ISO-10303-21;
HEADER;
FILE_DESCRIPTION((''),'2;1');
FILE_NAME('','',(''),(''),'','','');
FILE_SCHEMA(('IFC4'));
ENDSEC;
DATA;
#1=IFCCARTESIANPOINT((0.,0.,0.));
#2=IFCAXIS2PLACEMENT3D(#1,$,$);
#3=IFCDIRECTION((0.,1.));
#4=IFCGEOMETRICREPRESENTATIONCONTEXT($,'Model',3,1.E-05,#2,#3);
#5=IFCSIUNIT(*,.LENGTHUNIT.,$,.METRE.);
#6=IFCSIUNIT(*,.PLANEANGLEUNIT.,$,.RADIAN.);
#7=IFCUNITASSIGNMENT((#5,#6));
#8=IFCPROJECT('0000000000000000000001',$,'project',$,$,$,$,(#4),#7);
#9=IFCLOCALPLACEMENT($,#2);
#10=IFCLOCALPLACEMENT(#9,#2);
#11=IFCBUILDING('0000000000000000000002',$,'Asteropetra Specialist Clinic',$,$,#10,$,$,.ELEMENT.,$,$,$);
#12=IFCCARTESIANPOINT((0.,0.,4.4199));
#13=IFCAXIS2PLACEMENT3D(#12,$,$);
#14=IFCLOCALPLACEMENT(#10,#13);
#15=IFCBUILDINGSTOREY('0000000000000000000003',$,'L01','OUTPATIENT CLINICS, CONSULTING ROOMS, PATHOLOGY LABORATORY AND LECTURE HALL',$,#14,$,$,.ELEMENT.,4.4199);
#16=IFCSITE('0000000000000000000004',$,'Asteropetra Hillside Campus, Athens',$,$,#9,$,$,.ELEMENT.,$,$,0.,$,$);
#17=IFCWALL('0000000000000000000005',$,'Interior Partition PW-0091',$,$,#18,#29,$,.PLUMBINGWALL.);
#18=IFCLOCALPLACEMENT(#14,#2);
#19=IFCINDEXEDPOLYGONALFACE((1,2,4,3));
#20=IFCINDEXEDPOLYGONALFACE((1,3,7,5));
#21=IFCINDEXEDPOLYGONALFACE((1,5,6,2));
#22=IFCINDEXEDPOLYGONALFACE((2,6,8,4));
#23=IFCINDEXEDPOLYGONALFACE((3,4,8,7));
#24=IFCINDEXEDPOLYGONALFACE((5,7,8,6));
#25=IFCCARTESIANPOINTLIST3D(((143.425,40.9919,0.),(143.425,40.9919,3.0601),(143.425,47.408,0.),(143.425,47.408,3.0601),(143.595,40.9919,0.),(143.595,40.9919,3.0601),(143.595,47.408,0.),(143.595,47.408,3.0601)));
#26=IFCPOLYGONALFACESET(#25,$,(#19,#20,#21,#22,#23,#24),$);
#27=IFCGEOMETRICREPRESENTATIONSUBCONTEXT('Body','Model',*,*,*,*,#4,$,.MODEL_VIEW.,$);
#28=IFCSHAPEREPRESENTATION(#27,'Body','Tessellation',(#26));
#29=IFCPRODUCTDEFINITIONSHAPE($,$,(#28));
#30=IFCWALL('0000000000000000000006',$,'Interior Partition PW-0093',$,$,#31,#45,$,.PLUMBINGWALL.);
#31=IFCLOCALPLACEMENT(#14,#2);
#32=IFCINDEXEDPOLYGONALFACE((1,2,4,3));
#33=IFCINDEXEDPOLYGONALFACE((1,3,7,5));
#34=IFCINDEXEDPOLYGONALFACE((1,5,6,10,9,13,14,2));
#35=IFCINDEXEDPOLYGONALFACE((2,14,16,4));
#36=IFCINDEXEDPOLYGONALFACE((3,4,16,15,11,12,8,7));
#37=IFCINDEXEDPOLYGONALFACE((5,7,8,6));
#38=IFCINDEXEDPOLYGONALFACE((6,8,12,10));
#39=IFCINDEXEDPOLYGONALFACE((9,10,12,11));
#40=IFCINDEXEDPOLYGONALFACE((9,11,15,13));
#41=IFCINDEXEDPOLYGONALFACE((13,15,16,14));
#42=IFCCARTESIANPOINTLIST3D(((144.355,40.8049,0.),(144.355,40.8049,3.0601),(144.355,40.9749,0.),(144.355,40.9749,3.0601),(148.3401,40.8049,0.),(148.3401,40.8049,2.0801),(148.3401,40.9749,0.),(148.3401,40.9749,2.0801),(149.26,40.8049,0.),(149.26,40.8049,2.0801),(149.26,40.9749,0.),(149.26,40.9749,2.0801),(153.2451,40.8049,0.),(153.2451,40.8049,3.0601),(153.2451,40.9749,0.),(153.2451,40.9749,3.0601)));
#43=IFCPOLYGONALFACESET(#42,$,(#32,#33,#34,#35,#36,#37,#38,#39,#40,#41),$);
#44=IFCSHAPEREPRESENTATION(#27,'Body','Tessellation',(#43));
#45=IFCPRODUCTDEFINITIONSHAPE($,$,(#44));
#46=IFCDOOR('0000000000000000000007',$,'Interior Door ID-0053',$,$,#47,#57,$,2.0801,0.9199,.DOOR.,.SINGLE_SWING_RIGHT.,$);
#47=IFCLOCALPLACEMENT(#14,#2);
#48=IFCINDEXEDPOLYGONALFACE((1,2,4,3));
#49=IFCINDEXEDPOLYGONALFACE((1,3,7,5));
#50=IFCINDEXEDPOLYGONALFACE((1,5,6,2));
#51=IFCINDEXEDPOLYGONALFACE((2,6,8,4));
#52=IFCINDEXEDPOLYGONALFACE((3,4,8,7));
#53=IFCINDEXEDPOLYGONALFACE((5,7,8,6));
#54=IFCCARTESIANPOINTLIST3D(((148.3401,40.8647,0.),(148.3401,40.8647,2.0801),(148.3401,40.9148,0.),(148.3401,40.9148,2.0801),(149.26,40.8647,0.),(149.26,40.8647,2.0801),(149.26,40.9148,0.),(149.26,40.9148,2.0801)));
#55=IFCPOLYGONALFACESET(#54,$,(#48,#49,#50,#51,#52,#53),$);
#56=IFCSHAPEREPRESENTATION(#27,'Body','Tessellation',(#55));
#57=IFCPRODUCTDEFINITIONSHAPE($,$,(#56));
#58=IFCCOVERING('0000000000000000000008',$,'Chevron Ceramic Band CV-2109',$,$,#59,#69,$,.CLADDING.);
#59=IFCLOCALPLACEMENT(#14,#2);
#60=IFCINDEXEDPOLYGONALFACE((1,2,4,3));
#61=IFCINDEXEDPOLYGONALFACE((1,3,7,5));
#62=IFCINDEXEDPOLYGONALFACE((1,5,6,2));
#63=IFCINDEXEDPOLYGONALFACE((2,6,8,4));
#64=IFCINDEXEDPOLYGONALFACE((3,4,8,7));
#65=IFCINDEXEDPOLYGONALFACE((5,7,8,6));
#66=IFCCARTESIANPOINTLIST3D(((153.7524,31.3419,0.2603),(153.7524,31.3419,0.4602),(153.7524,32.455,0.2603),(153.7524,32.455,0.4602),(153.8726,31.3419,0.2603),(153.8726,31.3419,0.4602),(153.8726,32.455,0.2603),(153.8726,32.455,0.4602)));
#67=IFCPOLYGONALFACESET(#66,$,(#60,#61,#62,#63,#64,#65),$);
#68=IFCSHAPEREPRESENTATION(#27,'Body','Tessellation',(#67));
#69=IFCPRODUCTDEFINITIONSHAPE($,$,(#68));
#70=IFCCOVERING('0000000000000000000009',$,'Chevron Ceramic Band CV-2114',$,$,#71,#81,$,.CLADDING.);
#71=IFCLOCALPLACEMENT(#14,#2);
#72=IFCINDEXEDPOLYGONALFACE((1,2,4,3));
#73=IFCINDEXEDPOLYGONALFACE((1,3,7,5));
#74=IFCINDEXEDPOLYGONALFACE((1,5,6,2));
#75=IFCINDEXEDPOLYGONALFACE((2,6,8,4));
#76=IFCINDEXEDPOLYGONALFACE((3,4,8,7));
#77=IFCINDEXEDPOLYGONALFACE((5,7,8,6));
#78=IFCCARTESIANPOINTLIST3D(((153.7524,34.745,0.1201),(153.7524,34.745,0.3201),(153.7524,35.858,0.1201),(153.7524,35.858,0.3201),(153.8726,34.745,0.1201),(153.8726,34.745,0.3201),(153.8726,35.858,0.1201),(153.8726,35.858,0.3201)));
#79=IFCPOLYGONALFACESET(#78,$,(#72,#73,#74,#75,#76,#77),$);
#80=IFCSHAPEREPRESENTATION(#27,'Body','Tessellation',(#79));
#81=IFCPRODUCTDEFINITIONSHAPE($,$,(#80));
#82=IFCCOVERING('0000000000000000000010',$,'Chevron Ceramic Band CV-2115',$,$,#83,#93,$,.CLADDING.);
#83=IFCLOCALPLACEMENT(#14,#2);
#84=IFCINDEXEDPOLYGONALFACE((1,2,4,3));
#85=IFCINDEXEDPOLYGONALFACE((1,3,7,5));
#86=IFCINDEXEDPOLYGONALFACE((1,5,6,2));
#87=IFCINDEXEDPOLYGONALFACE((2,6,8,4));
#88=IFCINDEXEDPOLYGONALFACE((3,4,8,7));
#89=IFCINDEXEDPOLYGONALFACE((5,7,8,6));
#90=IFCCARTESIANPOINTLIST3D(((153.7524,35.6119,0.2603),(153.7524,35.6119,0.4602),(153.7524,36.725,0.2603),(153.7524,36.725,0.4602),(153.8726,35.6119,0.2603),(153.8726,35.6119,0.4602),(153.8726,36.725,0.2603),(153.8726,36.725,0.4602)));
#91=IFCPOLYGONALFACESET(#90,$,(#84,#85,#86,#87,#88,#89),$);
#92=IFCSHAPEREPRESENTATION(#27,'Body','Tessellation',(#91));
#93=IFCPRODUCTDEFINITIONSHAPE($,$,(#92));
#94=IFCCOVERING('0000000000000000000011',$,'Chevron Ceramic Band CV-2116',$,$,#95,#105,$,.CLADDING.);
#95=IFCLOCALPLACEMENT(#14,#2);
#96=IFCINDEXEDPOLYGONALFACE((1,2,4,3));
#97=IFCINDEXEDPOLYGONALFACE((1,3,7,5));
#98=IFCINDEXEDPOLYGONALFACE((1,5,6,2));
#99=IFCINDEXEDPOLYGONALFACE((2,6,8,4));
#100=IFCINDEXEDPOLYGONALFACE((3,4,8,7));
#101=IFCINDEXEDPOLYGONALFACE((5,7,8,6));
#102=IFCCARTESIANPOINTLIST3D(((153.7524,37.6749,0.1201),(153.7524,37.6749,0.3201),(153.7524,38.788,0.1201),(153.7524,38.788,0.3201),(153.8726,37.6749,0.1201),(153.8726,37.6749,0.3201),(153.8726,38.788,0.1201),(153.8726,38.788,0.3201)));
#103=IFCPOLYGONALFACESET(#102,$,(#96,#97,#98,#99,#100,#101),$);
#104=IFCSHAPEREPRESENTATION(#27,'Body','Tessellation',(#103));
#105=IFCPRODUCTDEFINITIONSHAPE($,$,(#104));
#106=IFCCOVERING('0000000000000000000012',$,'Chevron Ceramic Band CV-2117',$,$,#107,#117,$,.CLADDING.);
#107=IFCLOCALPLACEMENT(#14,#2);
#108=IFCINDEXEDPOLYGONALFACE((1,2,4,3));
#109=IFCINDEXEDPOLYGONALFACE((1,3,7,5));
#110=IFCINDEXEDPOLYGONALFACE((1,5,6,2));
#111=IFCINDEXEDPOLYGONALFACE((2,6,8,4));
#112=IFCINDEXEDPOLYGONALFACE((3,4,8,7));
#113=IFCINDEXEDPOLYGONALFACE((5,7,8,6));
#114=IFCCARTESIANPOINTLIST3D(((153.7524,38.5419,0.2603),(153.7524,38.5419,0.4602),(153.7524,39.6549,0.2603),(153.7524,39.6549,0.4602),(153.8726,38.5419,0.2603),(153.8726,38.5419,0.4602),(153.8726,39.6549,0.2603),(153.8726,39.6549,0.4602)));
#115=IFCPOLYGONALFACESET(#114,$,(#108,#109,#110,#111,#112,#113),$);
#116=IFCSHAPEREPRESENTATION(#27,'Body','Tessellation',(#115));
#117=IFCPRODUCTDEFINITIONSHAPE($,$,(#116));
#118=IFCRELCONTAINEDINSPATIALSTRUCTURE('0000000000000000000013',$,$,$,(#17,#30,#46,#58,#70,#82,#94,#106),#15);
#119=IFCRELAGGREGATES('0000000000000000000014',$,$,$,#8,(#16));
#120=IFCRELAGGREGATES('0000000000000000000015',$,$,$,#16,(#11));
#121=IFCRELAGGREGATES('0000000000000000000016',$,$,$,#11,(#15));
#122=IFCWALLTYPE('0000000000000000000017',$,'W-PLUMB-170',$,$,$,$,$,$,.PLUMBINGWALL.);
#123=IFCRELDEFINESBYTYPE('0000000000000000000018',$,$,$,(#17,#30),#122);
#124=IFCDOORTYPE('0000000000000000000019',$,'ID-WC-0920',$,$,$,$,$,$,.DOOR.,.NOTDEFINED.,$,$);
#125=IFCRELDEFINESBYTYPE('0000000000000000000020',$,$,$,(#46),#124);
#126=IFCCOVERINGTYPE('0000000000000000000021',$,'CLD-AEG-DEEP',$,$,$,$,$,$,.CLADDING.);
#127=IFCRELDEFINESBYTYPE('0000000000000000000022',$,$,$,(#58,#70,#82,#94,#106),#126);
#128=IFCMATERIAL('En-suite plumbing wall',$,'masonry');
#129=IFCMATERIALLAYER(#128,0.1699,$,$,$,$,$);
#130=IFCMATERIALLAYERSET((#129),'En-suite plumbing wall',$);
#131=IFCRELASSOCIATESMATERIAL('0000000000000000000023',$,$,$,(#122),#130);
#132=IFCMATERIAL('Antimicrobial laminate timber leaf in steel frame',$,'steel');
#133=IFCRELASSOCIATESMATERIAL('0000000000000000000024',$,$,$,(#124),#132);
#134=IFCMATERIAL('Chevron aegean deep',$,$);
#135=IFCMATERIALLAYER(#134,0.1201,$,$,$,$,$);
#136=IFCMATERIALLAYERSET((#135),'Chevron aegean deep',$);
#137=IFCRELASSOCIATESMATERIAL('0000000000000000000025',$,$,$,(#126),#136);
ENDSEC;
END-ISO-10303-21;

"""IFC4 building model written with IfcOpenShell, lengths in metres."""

from ifc_helpers import new_model, si_unit, direction, frame, frame_2d, origin, origin_2d, place, context, subcontext, project, spatial, rectangle, extrude, material, layer, layer_set, type_object, element, fill, save


model = new_model("IFC4")

# Units and contexts
model_context = context("Model", 3, precision=1e-05, world=origin(), true_north=direction((0.0, 1.0)))
body_context = subcontext(model_context, "Body", "Model", "MODEL_VIEW")
ifc_project = project(units=[si_unit("LENGTHUNIT", "METRE"), si_unit("PLANEANGLEUNIT", "RADIAN")], contexts=[model_context])

# Site, building, storey
site_placement = place(None, origin())
site = spatial("IfcSite", under=ifc_project, at=site_placement, Name="Asteropetra Hillside Campus, Athens", CompositionType="ELEMENT", RefElevation=0.0)
building_placement = place(site_placement, origin())
building = spatial("IfcBuilding", under=site, at=building_placement, Name="Asteropetra Specialist Clinic", CompositionType="ELEMENT")
storey_placement = place(building_placement, frame((0.0, 0.0, 4.4199)))
storey = spatial("IfcBuildingStorey", under=building, at=storey_placement, Name="L01", Description="OUTPATIENT CLINICS, CONSULTING ROOMS, PATHOLOGY LABORATORY AND LECTURE HALL", CompositionType="ELEMENT", Elevation=4.4199)

# Wall
ifc_material_1 = material(Name="En-suite plumbing wall", Category="masonry")
ifc_layer_1 = layer(ifc_material_1, 0.1699)
ifc_layer_set_1 = layer_set([ifc_layer_1], Name="En-suite plumbing wall")
wall_type_1 = type_object("IfcWallType", Name="W-PLUMB-170", PredefinedType="PLUMBINGWALL", material=ifc_layer_set_1)
wall_1_placement = place(storey_placement, frame((143.51, 40.9919, 0.0), z_axis=(0.0, 0.0, 1.0), x_axis=(0.0, 1.0, 0.0)))
element("IfcWall", 1, at=wall_1_placement, inside=storey, type_object=wall_type_1, Name="Interior Partition PW-0091", PredefinedType="PLUMBINGWALL", context=body_context, shape_type="SweptSolid", body=[
    extrude(rectangle(XDim=6.416, YDim=0.1699, at=frame_2d((3.208, 0.0))), origin(), (0.0, 0.0, 1.0), 3.0601),
])

# Wall, opening, door
wall_2_placement = place(storey_placement, frame((144.355, 40.8899, 0.0), z_axis=(0.0, 0.0, 1.0), x_axis=(1.0, 0.0, 0.0)))
wall_2 = element("IfcWall", 2, at=wall_2_placement, inside=storey, type_object=wall_type_1, Name="Interior Partition PW-0093", PredefinedType="PLUMBINGWALL", context=body_context, shape_type="SweptSolid", body=[
    extrude(rectangle(XDim=8.8901, YDim=0.1699, at=frame_2d((4.4451, 0.0))), origin(), (0.0, 0.0, 1.0), 3.0601),
])
opening_placement = place(wall_2_placement, frame((3.9851, 0.0, 0.0)))
opening = element("IfcOpeningElement", 3, at=opening_placement, cuts=wall_2, PredefinedType="OPENING", context=body_context, shape_type="SweptSolid", body=[
    extrude(rectangle(XDim=0.9199, YDim=2.0801, at=frame_2d((0.46, 1.04))), frame((0.0, 0.095, 0.0), z_axis=(0.0, -1.0, 0.0), x_axis=(1.0, 0.0, 0.0)), (0.0, 0.0, 1.0), 0.1899),
])
ifc_material_2 = material(Name="Antimicrobial laminate timber leaf in steel frame", Category="steel")
door_type = type_object("IfcDoorType", Name="ID-WC-0920", OperationType="NOTDEFINED", PredefinedType="DOOR", material=ifc_material_2)
door_placement = place(opening_placement, origin())
door = element("IfcDoor", 4, at=door_placement, inside=storey, type_object=door_type, Name="Interior Door ID-0053", OperationType="SINGLE_SWING_RIGHT", OverallHeight=2.0801, OverallWidth=0.9199, PredefinedType="DOOR", context=body_context, shape_type="SweptSolid", body=[
    extrude(rectangle(XDim=0.9199, YDim=2.0801, at=frame_2d((0.46, 1.04))), frame((0.0, 0.0249, 0.0), z_axis=(0.0, -1.0, 0.0), x_axis=(1.0, 0.0, 0.0)), (0.0, 0.0, 1.0), 0.05),
])
fill(opening, door)

# Coverings
ifc_material_3 = material(Name="Chevron aegean deep")
ifc_layer_2 = layer(ifc_material_3, 0.1201)
ifc_layer_set_2 = layer_set([ifc_layer_2], Name="Chevron aegean deep")
covering_type = type_object("IfcCoveringType", Name="CLD-AEG-DEEP", PredefinedType="CLADDING", material=ifc_layer_set_2)
for number, where, z_axis, x_axis, name in (
    (5, (153.8125, 31.8984, 0.2603), (0.0, 0.0, 1.0), (1.0, 0.0, 0.0), "Chevron Ceramic Band CV-2109"),
    (6, (153.8125, 35.3015, 0.1201), (0.0, 0.0, 1.0), (1.0, 0.0, 0.0), "Chevron Ceramic Band CV-2114"),
    (7, (153.8125, 36.1685, 0.2603), (0.0, 0.0, 1.0), (1.0, 0.0, 0.0), "Chevron Ceramic Band CV-2115"),
    (8, (153.8125, 38.2314, 0.1201), (0.0, 0.0, 1.0), (1.0, 0.0, 0.0), "Chevron Ceramic Band CV-2116"),
    (9, (153.8125, 39.0984, 0.2603), (0.0, 0.0, 1.0), (1.0, 0.0, 0.0), "Chevron Ceramic Band CV-2117"),
):
    element("IfcCovering", number, at=place(storey_placement, frame(where, z_axis=z_axis, x_axis=x_axis)), inside=storey, type_object=covering_type, Name=name, PredefinedType="CLADDING", context=body_context, shape_type="SweptSolid", body=[
        extrude(rectangle(XDim=0.1201, YDim=1.113, at=origin_2d()), origin(), (0.0, 0.0, 1.0), 0.2),
    ])

save(model, "model.ifc")
